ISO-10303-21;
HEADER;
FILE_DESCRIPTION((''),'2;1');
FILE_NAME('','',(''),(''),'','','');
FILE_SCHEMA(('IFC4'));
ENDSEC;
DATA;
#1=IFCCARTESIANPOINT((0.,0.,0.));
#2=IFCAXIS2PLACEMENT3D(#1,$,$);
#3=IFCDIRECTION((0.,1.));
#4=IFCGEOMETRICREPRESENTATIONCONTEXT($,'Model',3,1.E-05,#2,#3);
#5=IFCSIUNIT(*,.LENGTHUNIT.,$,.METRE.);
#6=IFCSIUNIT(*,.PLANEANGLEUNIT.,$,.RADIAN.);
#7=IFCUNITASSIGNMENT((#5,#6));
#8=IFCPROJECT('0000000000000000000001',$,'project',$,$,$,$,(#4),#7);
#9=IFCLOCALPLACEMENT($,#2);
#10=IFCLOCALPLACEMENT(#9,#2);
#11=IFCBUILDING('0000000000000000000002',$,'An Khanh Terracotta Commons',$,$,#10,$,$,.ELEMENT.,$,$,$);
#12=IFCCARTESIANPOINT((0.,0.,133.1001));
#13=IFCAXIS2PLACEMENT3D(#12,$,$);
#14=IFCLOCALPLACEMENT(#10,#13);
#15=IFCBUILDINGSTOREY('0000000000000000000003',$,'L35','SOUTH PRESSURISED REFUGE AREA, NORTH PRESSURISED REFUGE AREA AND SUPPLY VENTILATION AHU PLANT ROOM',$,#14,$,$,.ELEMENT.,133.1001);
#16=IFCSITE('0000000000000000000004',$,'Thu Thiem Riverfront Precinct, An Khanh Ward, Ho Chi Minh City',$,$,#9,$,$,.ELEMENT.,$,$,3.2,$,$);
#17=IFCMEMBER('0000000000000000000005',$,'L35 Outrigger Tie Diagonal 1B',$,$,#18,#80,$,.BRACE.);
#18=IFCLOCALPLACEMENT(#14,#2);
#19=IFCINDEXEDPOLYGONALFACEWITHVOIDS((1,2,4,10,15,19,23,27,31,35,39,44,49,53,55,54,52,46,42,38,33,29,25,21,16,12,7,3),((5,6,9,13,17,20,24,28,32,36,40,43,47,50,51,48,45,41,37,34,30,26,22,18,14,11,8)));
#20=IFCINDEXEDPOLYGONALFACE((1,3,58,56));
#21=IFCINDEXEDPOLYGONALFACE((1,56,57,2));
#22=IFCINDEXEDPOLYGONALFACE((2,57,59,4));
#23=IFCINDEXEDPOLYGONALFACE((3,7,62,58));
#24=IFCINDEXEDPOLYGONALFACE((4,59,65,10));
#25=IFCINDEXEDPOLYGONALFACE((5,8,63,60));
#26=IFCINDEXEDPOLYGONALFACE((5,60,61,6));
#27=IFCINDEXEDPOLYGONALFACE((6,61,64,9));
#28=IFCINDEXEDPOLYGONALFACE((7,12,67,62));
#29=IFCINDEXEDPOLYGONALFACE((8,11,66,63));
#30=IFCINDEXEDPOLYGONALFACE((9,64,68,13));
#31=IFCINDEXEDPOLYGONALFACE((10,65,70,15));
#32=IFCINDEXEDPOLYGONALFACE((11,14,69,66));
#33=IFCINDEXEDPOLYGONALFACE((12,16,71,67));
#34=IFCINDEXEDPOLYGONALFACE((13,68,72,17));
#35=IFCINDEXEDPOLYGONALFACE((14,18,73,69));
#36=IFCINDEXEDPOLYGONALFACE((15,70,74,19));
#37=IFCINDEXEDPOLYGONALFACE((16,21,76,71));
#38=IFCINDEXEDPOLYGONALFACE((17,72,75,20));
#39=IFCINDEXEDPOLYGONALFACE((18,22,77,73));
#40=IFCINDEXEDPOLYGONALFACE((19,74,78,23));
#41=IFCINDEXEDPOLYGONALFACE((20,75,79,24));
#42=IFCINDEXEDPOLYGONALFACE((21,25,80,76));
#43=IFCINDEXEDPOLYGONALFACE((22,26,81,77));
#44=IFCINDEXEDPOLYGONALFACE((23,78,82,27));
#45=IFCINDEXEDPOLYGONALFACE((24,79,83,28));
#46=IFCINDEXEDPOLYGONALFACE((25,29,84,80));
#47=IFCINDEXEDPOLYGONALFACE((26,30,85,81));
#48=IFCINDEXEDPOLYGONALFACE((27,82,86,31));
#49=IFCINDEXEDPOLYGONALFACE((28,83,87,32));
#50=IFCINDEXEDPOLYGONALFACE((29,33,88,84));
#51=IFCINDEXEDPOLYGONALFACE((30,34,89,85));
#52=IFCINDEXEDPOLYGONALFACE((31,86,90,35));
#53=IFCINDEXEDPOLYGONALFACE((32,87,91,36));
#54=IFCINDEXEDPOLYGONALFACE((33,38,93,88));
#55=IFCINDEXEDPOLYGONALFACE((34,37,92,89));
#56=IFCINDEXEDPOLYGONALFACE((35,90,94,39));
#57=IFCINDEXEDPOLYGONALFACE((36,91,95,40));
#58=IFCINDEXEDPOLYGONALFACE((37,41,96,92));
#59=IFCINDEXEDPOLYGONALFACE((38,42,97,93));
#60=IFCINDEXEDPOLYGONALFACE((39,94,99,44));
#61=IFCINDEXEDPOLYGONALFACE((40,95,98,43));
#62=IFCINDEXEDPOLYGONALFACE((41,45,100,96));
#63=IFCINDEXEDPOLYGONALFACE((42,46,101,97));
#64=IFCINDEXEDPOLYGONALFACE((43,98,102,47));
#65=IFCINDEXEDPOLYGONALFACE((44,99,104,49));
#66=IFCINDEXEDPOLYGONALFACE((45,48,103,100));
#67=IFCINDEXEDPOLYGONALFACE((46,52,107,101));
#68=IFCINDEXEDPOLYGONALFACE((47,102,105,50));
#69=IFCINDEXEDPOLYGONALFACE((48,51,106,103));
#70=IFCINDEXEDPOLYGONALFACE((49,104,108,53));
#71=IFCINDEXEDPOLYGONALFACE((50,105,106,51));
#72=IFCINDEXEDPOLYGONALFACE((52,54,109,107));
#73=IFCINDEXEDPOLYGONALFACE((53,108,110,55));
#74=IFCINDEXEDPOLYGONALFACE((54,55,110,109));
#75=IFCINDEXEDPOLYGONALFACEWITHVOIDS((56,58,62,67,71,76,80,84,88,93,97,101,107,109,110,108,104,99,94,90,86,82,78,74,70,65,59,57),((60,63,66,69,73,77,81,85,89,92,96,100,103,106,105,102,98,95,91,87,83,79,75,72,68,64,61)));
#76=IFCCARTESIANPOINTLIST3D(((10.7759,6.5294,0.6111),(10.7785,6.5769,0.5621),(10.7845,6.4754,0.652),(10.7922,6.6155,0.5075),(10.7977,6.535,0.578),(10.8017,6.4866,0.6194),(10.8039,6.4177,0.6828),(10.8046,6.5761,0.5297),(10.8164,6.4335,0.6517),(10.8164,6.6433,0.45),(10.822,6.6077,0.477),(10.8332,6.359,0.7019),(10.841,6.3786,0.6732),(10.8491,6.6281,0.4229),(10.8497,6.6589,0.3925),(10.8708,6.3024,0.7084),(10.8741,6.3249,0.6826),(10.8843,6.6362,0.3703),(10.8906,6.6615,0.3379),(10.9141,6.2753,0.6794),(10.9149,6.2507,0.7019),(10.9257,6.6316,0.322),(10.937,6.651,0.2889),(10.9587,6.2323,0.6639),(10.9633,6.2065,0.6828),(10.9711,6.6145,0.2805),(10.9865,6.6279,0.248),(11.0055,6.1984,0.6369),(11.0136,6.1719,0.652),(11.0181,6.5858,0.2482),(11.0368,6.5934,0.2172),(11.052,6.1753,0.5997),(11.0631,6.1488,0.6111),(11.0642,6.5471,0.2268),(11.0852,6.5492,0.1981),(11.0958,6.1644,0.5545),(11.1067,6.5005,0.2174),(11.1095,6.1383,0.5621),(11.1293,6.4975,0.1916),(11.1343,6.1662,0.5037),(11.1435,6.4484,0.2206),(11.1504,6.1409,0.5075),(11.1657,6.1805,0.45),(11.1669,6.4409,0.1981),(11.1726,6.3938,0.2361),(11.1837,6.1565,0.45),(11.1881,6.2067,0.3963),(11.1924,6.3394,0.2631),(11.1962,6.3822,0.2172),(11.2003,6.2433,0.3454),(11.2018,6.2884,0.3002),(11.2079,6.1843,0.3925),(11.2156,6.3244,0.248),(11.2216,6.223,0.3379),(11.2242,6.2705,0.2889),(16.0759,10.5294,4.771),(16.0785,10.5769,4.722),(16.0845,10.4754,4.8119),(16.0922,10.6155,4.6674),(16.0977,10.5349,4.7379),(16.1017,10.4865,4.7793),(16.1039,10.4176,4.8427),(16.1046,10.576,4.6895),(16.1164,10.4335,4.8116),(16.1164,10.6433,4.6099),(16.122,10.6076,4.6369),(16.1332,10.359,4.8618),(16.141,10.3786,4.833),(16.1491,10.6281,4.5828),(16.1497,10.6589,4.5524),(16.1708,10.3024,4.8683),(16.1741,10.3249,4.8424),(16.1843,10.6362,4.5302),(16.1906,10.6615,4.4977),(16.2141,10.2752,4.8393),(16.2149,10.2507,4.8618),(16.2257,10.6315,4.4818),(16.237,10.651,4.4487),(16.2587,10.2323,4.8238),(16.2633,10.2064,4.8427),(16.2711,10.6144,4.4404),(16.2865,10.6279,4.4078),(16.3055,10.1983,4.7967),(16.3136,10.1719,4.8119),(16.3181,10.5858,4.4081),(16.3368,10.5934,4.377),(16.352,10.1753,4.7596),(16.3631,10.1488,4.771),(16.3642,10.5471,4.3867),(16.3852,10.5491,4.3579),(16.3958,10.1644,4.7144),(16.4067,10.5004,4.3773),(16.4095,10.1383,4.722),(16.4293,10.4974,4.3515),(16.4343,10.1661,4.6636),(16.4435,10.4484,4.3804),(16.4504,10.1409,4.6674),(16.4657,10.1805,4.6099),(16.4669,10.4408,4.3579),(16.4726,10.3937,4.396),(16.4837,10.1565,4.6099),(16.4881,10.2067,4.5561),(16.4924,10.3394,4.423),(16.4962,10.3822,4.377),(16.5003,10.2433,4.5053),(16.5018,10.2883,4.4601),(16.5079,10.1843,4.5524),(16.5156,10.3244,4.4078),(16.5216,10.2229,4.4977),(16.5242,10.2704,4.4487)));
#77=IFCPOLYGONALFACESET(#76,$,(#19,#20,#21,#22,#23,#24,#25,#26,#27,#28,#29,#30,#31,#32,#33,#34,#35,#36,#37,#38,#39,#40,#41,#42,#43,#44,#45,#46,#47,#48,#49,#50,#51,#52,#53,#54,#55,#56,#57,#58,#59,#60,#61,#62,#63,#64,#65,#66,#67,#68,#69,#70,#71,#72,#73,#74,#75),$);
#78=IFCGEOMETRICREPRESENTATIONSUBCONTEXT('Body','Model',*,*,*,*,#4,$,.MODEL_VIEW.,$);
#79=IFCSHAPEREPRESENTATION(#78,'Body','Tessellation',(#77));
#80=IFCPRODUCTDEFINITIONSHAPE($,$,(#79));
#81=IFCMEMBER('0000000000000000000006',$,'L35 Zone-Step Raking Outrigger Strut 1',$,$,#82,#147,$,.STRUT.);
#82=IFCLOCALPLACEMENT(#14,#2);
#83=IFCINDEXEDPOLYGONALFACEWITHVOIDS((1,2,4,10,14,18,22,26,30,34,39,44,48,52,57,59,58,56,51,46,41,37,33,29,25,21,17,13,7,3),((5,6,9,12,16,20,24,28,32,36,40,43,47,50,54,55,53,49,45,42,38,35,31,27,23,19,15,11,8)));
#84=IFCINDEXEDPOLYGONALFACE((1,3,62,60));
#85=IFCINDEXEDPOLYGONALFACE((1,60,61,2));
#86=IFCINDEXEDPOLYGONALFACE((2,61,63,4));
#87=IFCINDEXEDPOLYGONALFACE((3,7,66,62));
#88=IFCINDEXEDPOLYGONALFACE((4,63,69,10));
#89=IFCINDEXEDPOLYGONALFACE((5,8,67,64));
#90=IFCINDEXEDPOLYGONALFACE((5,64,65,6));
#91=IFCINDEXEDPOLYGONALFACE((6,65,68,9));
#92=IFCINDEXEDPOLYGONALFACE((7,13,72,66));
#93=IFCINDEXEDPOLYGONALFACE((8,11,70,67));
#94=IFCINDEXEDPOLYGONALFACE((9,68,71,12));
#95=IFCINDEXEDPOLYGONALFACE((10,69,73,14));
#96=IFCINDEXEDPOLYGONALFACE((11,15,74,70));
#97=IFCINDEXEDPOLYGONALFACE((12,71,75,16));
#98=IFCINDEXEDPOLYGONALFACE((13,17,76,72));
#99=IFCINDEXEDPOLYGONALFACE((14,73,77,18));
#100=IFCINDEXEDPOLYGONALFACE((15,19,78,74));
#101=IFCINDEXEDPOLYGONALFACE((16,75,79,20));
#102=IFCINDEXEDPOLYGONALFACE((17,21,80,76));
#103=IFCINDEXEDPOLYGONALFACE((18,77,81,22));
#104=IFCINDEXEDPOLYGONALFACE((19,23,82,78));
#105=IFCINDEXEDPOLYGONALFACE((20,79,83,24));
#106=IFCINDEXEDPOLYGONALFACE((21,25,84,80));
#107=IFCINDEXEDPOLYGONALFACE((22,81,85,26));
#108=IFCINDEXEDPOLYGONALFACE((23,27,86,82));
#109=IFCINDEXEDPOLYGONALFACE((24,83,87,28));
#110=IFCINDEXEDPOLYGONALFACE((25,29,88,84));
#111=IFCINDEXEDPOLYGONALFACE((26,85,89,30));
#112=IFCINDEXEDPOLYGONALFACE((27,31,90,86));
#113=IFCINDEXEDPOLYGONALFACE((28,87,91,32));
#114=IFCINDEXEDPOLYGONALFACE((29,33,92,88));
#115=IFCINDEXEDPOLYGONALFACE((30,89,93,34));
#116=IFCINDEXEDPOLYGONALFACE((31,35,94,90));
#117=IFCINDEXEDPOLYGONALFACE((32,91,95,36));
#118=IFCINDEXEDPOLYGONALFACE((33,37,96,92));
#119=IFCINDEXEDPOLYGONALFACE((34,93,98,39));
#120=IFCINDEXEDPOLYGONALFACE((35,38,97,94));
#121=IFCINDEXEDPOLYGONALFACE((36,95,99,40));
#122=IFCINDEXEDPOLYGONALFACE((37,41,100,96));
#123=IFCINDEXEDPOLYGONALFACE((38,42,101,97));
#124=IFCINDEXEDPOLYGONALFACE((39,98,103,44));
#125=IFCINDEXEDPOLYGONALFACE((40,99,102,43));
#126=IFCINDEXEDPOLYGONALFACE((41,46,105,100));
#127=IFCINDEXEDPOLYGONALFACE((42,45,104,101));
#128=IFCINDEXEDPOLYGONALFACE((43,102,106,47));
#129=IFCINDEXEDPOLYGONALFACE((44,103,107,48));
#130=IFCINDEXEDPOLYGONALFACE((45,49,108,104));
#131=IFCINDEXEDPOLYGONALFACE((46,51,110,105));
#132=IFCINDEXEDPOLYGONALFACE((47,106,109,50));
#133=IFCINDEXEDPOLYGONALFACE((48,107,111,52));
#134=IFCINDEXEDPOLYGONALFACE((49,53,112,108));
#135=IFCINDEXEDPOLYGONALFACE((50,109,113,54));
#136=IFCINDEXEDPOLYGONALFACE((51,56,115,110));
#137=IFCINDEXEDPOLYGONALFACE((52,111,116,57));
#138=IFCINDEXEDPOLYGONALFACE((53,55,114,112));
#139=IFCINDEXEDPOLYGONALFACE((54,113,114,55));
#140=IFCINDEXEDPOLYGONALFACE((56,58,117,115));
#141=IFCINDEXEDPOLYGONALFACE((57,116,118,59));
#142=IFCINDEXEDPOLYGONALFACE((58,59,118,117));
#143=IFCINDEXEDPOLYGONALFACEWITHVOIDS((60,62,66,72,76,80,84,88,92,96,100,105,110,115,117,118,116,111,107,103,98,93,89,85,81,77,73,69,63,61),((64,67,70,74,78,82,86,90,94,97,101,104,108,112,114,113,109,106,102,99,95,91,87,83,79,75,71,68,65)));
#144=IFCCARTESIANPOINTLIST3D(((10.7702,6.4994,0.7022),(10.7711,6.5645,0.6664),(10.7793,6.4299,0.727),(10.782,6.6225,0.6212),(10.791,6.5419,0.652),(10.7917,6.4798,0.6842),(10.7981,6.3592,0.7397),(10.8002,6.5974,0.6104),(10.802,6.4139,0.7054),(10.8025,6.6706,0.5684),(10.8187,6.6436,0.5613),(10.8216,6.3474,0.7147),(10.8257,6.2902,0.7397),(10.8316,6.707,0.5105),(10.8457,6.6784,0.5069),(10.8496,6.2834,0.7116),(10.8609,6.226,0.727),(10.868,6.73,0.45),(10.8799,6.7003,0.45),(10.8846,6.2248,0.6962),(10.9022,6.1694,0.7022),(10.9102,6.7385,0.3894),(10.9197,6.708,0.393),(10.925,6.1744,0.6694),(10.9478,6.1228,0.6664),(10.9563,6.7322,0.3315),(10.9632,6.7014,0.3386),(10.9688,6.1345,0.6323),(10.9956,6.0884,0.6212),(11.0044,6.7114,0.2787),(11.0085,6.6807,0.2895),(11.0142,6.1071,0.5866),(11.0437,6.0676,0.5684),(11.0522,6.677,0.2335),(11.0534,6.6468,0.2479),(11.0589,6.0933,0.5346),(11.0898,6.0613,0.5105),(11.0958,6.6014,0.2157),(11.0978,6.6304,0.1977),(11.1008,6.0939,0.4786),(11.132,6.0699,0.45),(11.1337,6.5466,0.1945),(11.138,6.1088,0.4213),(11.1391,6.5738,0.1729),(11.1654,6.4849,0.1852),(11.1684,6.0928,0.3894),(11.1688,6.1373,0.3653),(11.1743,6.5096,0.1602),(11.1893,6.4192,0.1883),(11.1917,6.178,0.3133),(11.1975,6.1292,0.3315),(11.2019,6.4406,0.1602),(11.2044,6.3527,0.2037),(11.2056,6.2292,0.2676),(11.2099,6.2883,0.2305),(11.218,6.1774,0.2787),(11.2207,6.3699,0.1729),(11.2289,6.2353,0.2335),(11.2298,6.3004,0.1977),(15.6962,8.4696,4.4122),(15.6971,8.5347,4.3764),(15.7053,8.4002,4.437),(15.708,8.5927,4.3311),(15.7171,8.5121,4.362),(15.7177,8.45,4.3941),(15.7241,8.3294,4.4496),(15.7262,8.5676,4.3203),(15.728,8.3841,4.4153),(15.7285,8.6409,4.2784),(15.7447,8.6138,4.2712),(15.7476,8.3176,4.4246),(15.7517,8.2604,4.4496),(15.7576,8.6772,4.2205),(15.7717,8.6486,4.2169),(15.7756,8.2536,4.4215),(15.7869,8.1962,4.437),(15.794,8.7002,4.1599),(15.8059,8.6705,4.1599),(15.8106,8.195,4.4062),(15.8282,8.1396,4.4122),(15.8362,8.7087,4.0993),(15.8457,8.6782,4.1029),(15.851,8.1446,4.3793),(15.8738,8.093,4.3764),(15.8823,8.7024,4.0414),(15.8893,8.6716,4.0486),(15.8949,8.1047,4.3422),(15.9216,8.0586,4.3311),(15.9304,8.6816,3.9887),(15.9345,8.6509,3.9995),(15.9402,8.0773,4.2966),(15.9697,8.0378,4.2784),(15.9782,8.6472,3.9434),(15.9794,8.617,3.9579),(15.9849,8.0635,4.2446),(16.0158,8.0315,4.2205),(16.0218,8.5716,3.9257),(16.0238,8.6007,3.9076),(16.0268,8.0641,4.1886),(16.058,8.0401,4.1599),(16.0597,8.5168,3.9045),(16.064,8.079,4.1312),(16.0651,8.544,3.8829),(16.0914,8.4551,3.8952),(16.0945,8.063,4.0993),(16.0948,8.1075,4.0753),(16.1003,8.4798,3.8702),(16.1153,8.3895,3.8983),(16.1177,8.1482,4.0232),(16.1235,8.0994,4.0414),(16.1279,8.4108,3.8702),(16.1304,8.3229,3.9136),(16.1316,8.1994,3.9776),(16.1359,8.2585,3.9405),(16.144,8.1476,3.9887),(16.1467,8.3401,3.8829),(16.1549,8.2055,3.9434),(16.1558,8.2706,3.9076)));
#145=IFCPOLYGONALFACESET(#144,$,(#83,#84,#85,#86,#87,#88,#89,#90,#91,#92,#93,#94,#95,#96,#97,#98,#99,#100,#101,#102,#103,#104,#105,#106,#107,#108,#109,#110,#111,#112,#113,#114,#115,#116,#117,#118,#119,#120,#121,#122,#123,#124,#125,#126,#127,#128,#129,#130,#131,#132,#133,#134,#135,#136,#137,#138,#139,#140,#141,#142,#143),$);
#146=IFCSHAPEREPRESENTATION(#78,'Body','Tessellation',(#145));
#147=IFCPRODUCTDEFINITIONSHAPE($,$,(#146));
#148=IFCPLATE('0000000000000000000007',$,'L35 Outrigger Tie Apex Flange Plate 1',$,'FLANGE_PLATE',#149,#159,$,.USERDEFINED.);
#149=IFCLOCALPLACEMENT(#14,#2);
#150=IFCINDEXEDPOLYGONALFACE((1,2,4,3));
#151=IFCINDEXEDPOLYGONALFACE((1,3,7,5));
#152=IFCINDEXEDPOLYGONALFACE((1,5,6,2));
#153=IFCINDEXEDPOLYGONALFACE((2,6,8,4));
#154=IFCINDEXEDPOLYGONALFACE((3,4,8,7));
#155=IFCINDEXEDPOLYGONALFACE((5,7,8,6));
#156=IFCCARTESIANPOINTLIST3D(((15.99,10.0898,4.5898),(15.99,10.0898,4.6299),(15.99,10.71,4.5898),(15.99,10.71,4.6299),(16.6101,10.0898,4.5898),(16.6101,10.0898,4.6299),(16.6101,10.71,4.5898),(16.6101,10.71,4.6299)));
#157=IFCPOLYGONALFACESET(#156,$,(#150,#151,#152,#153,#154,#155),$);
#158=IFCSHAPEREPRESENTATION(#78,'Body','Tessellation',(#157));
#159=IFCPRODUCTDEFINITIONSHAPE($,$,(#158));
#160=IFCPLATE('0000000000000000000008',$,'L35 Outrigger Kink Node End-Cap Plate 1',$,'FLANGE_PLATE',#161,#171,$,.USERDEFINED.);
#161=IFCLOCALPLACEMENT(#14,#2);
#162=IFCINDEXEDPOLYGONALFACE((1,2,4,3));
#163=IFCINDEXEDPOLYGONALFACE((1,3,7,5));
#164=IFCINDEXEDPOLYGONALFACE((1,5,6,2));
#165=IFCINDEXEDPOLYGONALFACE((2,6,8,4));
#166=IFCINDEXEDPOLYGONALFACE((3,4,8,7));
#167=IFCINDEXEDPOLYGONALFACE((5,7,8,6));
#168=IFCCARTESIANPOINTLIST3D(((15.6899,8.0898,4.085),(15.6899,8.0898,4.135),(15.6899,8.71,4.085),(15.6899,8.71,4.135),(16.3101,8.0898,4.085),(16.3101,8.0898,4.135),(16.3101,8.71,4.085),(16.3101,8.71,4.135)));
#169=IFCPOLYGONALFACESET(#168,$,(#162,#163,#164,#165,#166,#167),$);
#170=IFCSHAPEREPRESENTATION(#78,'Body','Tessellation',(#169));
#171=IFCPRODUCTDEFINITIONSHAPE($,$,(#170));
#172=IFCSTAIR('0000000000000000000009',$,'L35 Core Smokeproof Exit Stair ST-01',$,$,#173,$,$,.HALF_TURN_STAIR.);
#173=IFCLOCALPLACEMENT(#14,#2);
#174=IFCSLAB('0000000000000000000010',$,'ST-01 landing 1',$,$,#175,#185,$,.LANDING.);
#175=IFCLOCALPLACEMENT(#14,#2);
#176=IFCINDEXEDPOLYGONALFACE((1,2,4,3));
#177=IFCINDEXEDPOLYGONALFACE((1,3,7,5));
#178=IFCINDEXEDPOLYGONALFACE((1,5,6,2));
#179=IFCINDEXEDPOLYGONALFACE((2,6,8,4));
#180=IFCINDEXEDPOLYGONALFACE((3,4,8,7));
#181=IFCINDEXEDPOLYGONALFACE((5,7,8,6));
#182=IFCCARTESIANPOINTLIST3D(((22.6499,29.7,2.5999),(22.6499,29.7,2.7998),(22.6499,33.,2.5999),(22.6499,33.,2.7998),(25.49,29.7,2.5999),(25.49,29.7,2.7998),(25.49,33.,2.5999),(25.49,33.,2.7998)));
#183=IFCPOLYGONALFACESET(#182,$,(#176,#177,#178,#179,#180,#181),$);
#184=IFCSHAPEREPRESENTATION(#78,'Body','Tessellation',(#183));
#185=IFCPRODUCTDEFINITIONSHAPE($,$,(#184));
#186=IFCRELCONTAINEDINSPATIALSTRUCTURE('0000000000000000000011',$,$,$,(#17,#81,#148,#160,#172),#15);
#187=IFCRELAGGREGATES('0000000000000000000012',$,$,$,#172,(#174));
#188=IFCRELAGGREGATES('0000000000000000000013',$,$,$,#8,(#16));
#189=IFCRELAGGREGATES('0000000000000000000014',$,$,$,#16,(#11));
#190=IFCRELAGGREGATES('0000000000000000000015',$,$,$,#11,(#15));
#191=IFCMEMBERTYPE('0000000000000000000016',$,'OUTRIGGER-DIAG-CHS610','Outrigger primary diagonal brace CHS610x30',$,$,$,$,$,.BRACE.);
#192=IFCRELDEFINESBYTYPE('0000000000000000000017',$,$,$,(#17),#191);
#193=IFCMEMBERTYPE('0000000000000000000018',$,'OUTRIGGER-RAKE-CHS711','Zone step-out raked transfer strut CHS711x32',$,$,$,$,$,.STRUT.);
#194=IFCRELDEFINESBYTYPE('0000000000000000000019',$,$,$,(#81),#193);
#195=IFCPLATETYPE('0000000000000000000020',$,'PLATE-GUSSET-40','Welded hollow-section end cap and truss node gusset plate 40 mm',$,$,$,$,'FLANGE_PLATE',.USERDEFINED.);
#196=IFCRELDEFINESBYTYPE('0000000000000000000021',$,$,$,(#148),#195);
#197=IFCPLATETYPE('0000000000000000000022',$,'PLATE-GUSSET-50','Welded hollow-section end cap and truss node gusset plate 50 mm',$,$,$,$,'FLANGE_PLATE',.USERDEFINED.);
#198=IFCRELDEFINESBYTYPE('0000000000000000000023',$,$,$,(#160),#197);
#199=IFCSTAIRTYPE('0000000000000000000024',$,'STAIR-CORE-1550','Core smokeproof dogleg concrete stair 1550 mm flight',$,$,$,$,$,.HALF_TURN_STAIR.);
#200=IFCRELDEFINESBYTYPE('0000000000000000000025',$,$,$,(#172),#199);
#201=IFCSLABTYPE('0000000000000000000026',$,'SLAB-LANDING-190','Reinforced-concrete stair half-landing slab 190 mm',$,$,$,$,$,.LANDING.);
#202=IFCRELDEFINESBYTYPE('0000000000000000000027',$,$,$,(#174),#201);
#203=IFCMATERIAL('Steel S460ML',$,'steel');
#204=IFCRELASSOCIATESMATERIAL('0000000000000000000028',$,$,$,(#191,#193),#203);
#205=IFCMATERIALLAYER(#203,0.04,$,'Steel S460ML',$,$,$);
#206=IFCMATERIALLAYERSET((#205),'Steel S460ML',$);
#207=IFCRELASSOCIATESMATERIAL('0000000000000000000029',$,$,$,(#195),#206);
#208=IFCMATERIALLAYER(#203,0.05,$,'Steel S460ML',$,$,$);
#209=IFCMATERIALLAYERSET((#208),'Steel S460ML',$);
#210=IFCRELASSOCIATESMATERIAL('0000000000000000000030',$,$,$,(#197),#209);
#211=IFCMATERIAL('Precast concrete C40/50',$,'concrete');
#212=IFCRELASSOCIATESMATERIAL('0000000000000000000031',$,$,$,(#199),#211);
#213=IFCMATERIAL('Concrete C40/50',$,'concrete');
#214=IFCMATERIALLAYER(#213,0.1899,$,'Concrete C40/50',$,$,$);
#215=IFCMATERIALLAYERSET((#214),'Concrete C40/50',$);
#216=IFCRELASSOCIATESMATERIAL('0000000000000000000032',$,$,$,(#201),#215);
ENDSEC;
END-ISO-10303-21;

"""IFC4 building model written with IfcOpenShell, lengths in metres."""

from ifc_helpers import new_model, si_unit, direction, frame, origin, origin_2d, place, context, subcontext, project, spatial, polyline, rectangle, hollow_circle, outline, extrude, material, layer, layer_set, material_profile, profile_set, type_object, element, aggregate, save


model = new_model("IFC4")

# Units and contexts
model_context = context("Model", 3, precision=1e-05, world=origin(), true_north=direction((0.0, 1.0)))
body_context = subcontext(model_context, "Body", "Model", "MODEL_VIEW")
ifc_project = project(units=[si_unit("LENGTHUNIT", "METRE"), si_unit("PLANEANGLEUNIT", "RADIAN")], contexts=[model_context])

# Site, building, storey
site_placement = place(None, origin())
site = spatial("IfcSite", under=ifc_project, at=site_placement, Name="Thu Thiem Riverfront Precinct, An Khanh Ward, Ho Chi Minh City", CompositionType="ELEMENT", RefElevation=3.2)
building_placement = place(site_placement, origin())
building = spatial("IfcBuilding", under=site, at=building_placement, Name="An Khanh Terracotta Commons", CompositionType="ELEMENT")
storey_placement = place(building_placement, frame((0.0, 0.0, 133.1001)))
storey = spatial("IfcBuildingStorey", under=building, at=storey_placement, Name="L35", Description="SOUTH PRESSURISED REFUGE AREA, NORTH PRESSURISED REFUGE AREA AND SUPPLY VENTILATION AHU PLANT ROOM", CompositionType="ELEMENT", Elevation=133.1001)

# Shared definitions
ifc_material_1 = material(Name="Steel S460ML", Category="steel")

# Members
ifc_material_profile_1 = material_profile(ifc_material_1, hollow_circle(Radius=0.3049, WallThickness=0.03, at=origin_2d()), Name="CHS610x30")
ifc_profile_set_1 = profile_set([ifc_material_profile_1], Name="Steel S460ML")
member_type_1 = type_object("IfcMemberType", Name="OUTRIGGER-DIAG-CHS610", Description="Outrigger primary diagonal brace CHS610x30", PredefinedType="BRACE", material=ifc_profile_set_1)
for number, where, z_axis, x_axis, name in (
    (1, (16.3, 10.3999, 4.6099), (-0.676413, -0.510496, -0.530904), (0.602403, -0.798192, 0.0), "L35 Outrigger Tie Diagonal 1B"),
):
    element("IfcMember", number, at=place(storey_placement, frame(where, z_axis=z_axis, x_axis=x_axis)), inside=storey, type_object=member_type_1, Name=name, PredefinedType="BRACE", context=body_context, shape_type="SweptSolid", body=[
        extrude(hollow_circle(Radius=0.3049, WallThickness=0.03, at=origin_2d()), origin(), (0.0, 0.0, 1.0), 7.8354),
    ])
ifc_material_profile_2 = material_profile(ifc_material_1, hollow_circle(Radius=0.3555, WallThickness=0.032, at=origin_2d()), Name="CHS711x32")
ifc_profile_set_2 = profile_set([ifc_material_profile_2], Name="Steel S460ML")
member_type_2 = type_object("IfcMemberType", Name="OUTRIGGER-RAKE-CHS711", Description="Zone step-out raked transfer strut CHS711x32", PredefinedType="STRUT", material=ifc_profile_set_2)
member_1_placement = place(storey_placement, frame((11.0, 6.3999, 0.45), z_axis=(0.760906, 0.304332, 0.573065), x_axis=(-0.371359, 0.928489, 0.0)))
element("IfcMember", 2, at=member_1_placement, inside=storey, type_object=member_type_2, Name="L35 Zone-Step Raking Outrigger Strut 1", PredefinedType="STRUT", context=body_context, shape_type="SweptSolid", body=[
    extrude(hollow_circle(Radius=0.3555, WallThickness=0.032, at=origin_2d()), origin(), (0.0, 0.0, 1.0), 6.4739),
])

# Plates
ifc_layer_1 = layer(ifc_material_1, 0.04, Name="Steel S460ML")
ifc_layer_set_1 = layer_set([ifc_layer_1], Name="Steel S460ML")
plate_type_1 = type_object("IfcPlateType", Name="PLATE-GUSSET-40", Description="Welded hollow-section end cap and truss node gusset plate 40 mm", ElementType="FLANGE_PLATE", PredefinedType="USERDEFINED", material=ifc_layer_set_1)
plate_1_placement = place(storey_placement, frame((16.3, 10.3999, 4.5898), z_axis=(0.0, 0.0, 1.0), x_axis=(1.0, 0.0, 0.0)))
element("IfcPlate", 3, at=plate_1_placement, inside=storey, type_object=plate_type_1, Name="L35 Outrigger Tie Apex Flange Plate 1", ObjectType="FLANGE_PLATE", PredefinedType="USERDEFINED", context=body_context, shape_type="SweptSolid", body=[
    extrude(rectangle(XDim=0.6201, YDim=0.6201, at=origin_2d()), origin(), (0.0, 0.0, 1.0), 0.04),
])
ifc_layer_2 = layer(ifc_material_1, 0.05, Name="Steel S460ML")
ifc_layer_set_2 = layer_set([ifc_layer_2], Name="Steel S460ML")
plate_type_2 = type_object("IfcPlateType", Name="PLATE-GUSSET-50", Description="Welded hollow-section end cap and truss node gusset plate 50 mm", ElementType="FLANGE_PLATE", PredefinedType="USERDEFINED", material=ifc_layer_set_2)
plate_2_placement = place(storey_placement, frame((16.0, 8.3999, 4.085), z_axis=(0.0, 0.0, 1.0), x_axis=(1.0, 0.0, 0.0)))
element("IfcPlate", 4, at=plate_2_placement, inside=storey, type_object=plate_type_2, Name="L35 Outrigger Kink Node End-Cap Plate 1", ObjectType="FLANGE_PLATE", PredefinedType="USERDEFINED", context=body_context, shape_type="SweptSolid", body=[
    extrude(rectangle(XDim=0.6201, YDim=0.6201, at=origin_2d()), origin(), (0.0, 0.0, 1.0), 0.05),
])

# Stair, slab
ifc_material_2 = material(Name="Precast concrete C40/50", Category="concrete")
stair_type = type_object("IfcStairType", Name="STAIR-CORE-1550", Description="Core smokeproof dogleg concrete stair 1550 mm flight", PredefinedType="HALF_TURN_STAIR", material=ifc_material_2)
stair_1_placement = place(storey_placement, origin())
stair_1 = element("IfcStair", 5, at=stair_1_placement, inside=storey, type_object=stair_type, Name="L35 Core Smokeproof Exit Stair ST-01", PredefinedType="HALF_TURN_STAIR")
ifc_material_3 = material(Name="Concrete C40/50", Category="concrete")
ifc_layer_3 = layer(ifc_material_3, 0.1899, Name="Concrete C40/50")
ifc_layer_set_3 = layer_set([ifc_layer_3], Name="Concrete C40/50")
slab_type_1 = type_object("IfcSlabType", Name="SLAB-LANDING-190", Description="Reinforced-concrete stair half-landing slab 190 mm", PredefinedType="LANDING", material=ifc_layer_set_3)
slab_1_placement = place(storey_placement, frame((0.0, 0.0, 2.5999)))
slab_1 = element("IfcSlab", 6, at=slab_1_placement, type_object=slab_type_1, Name="ST-01 landing 1", PredefinedType="LANDING", context=body_context, shape_type="SweptSolid", body=[
    extrude(outline(polyline([(25.49, 33.0), (22.6499, 33.0), (22.6499, 29.7), (25.49, 29.7), (25.49, 33.0)])), origin(), (0.0, 0.0, 1.0), 0.2),
])
aggregate(stair_1, [slab_1])

save(model, "model.ifc")
